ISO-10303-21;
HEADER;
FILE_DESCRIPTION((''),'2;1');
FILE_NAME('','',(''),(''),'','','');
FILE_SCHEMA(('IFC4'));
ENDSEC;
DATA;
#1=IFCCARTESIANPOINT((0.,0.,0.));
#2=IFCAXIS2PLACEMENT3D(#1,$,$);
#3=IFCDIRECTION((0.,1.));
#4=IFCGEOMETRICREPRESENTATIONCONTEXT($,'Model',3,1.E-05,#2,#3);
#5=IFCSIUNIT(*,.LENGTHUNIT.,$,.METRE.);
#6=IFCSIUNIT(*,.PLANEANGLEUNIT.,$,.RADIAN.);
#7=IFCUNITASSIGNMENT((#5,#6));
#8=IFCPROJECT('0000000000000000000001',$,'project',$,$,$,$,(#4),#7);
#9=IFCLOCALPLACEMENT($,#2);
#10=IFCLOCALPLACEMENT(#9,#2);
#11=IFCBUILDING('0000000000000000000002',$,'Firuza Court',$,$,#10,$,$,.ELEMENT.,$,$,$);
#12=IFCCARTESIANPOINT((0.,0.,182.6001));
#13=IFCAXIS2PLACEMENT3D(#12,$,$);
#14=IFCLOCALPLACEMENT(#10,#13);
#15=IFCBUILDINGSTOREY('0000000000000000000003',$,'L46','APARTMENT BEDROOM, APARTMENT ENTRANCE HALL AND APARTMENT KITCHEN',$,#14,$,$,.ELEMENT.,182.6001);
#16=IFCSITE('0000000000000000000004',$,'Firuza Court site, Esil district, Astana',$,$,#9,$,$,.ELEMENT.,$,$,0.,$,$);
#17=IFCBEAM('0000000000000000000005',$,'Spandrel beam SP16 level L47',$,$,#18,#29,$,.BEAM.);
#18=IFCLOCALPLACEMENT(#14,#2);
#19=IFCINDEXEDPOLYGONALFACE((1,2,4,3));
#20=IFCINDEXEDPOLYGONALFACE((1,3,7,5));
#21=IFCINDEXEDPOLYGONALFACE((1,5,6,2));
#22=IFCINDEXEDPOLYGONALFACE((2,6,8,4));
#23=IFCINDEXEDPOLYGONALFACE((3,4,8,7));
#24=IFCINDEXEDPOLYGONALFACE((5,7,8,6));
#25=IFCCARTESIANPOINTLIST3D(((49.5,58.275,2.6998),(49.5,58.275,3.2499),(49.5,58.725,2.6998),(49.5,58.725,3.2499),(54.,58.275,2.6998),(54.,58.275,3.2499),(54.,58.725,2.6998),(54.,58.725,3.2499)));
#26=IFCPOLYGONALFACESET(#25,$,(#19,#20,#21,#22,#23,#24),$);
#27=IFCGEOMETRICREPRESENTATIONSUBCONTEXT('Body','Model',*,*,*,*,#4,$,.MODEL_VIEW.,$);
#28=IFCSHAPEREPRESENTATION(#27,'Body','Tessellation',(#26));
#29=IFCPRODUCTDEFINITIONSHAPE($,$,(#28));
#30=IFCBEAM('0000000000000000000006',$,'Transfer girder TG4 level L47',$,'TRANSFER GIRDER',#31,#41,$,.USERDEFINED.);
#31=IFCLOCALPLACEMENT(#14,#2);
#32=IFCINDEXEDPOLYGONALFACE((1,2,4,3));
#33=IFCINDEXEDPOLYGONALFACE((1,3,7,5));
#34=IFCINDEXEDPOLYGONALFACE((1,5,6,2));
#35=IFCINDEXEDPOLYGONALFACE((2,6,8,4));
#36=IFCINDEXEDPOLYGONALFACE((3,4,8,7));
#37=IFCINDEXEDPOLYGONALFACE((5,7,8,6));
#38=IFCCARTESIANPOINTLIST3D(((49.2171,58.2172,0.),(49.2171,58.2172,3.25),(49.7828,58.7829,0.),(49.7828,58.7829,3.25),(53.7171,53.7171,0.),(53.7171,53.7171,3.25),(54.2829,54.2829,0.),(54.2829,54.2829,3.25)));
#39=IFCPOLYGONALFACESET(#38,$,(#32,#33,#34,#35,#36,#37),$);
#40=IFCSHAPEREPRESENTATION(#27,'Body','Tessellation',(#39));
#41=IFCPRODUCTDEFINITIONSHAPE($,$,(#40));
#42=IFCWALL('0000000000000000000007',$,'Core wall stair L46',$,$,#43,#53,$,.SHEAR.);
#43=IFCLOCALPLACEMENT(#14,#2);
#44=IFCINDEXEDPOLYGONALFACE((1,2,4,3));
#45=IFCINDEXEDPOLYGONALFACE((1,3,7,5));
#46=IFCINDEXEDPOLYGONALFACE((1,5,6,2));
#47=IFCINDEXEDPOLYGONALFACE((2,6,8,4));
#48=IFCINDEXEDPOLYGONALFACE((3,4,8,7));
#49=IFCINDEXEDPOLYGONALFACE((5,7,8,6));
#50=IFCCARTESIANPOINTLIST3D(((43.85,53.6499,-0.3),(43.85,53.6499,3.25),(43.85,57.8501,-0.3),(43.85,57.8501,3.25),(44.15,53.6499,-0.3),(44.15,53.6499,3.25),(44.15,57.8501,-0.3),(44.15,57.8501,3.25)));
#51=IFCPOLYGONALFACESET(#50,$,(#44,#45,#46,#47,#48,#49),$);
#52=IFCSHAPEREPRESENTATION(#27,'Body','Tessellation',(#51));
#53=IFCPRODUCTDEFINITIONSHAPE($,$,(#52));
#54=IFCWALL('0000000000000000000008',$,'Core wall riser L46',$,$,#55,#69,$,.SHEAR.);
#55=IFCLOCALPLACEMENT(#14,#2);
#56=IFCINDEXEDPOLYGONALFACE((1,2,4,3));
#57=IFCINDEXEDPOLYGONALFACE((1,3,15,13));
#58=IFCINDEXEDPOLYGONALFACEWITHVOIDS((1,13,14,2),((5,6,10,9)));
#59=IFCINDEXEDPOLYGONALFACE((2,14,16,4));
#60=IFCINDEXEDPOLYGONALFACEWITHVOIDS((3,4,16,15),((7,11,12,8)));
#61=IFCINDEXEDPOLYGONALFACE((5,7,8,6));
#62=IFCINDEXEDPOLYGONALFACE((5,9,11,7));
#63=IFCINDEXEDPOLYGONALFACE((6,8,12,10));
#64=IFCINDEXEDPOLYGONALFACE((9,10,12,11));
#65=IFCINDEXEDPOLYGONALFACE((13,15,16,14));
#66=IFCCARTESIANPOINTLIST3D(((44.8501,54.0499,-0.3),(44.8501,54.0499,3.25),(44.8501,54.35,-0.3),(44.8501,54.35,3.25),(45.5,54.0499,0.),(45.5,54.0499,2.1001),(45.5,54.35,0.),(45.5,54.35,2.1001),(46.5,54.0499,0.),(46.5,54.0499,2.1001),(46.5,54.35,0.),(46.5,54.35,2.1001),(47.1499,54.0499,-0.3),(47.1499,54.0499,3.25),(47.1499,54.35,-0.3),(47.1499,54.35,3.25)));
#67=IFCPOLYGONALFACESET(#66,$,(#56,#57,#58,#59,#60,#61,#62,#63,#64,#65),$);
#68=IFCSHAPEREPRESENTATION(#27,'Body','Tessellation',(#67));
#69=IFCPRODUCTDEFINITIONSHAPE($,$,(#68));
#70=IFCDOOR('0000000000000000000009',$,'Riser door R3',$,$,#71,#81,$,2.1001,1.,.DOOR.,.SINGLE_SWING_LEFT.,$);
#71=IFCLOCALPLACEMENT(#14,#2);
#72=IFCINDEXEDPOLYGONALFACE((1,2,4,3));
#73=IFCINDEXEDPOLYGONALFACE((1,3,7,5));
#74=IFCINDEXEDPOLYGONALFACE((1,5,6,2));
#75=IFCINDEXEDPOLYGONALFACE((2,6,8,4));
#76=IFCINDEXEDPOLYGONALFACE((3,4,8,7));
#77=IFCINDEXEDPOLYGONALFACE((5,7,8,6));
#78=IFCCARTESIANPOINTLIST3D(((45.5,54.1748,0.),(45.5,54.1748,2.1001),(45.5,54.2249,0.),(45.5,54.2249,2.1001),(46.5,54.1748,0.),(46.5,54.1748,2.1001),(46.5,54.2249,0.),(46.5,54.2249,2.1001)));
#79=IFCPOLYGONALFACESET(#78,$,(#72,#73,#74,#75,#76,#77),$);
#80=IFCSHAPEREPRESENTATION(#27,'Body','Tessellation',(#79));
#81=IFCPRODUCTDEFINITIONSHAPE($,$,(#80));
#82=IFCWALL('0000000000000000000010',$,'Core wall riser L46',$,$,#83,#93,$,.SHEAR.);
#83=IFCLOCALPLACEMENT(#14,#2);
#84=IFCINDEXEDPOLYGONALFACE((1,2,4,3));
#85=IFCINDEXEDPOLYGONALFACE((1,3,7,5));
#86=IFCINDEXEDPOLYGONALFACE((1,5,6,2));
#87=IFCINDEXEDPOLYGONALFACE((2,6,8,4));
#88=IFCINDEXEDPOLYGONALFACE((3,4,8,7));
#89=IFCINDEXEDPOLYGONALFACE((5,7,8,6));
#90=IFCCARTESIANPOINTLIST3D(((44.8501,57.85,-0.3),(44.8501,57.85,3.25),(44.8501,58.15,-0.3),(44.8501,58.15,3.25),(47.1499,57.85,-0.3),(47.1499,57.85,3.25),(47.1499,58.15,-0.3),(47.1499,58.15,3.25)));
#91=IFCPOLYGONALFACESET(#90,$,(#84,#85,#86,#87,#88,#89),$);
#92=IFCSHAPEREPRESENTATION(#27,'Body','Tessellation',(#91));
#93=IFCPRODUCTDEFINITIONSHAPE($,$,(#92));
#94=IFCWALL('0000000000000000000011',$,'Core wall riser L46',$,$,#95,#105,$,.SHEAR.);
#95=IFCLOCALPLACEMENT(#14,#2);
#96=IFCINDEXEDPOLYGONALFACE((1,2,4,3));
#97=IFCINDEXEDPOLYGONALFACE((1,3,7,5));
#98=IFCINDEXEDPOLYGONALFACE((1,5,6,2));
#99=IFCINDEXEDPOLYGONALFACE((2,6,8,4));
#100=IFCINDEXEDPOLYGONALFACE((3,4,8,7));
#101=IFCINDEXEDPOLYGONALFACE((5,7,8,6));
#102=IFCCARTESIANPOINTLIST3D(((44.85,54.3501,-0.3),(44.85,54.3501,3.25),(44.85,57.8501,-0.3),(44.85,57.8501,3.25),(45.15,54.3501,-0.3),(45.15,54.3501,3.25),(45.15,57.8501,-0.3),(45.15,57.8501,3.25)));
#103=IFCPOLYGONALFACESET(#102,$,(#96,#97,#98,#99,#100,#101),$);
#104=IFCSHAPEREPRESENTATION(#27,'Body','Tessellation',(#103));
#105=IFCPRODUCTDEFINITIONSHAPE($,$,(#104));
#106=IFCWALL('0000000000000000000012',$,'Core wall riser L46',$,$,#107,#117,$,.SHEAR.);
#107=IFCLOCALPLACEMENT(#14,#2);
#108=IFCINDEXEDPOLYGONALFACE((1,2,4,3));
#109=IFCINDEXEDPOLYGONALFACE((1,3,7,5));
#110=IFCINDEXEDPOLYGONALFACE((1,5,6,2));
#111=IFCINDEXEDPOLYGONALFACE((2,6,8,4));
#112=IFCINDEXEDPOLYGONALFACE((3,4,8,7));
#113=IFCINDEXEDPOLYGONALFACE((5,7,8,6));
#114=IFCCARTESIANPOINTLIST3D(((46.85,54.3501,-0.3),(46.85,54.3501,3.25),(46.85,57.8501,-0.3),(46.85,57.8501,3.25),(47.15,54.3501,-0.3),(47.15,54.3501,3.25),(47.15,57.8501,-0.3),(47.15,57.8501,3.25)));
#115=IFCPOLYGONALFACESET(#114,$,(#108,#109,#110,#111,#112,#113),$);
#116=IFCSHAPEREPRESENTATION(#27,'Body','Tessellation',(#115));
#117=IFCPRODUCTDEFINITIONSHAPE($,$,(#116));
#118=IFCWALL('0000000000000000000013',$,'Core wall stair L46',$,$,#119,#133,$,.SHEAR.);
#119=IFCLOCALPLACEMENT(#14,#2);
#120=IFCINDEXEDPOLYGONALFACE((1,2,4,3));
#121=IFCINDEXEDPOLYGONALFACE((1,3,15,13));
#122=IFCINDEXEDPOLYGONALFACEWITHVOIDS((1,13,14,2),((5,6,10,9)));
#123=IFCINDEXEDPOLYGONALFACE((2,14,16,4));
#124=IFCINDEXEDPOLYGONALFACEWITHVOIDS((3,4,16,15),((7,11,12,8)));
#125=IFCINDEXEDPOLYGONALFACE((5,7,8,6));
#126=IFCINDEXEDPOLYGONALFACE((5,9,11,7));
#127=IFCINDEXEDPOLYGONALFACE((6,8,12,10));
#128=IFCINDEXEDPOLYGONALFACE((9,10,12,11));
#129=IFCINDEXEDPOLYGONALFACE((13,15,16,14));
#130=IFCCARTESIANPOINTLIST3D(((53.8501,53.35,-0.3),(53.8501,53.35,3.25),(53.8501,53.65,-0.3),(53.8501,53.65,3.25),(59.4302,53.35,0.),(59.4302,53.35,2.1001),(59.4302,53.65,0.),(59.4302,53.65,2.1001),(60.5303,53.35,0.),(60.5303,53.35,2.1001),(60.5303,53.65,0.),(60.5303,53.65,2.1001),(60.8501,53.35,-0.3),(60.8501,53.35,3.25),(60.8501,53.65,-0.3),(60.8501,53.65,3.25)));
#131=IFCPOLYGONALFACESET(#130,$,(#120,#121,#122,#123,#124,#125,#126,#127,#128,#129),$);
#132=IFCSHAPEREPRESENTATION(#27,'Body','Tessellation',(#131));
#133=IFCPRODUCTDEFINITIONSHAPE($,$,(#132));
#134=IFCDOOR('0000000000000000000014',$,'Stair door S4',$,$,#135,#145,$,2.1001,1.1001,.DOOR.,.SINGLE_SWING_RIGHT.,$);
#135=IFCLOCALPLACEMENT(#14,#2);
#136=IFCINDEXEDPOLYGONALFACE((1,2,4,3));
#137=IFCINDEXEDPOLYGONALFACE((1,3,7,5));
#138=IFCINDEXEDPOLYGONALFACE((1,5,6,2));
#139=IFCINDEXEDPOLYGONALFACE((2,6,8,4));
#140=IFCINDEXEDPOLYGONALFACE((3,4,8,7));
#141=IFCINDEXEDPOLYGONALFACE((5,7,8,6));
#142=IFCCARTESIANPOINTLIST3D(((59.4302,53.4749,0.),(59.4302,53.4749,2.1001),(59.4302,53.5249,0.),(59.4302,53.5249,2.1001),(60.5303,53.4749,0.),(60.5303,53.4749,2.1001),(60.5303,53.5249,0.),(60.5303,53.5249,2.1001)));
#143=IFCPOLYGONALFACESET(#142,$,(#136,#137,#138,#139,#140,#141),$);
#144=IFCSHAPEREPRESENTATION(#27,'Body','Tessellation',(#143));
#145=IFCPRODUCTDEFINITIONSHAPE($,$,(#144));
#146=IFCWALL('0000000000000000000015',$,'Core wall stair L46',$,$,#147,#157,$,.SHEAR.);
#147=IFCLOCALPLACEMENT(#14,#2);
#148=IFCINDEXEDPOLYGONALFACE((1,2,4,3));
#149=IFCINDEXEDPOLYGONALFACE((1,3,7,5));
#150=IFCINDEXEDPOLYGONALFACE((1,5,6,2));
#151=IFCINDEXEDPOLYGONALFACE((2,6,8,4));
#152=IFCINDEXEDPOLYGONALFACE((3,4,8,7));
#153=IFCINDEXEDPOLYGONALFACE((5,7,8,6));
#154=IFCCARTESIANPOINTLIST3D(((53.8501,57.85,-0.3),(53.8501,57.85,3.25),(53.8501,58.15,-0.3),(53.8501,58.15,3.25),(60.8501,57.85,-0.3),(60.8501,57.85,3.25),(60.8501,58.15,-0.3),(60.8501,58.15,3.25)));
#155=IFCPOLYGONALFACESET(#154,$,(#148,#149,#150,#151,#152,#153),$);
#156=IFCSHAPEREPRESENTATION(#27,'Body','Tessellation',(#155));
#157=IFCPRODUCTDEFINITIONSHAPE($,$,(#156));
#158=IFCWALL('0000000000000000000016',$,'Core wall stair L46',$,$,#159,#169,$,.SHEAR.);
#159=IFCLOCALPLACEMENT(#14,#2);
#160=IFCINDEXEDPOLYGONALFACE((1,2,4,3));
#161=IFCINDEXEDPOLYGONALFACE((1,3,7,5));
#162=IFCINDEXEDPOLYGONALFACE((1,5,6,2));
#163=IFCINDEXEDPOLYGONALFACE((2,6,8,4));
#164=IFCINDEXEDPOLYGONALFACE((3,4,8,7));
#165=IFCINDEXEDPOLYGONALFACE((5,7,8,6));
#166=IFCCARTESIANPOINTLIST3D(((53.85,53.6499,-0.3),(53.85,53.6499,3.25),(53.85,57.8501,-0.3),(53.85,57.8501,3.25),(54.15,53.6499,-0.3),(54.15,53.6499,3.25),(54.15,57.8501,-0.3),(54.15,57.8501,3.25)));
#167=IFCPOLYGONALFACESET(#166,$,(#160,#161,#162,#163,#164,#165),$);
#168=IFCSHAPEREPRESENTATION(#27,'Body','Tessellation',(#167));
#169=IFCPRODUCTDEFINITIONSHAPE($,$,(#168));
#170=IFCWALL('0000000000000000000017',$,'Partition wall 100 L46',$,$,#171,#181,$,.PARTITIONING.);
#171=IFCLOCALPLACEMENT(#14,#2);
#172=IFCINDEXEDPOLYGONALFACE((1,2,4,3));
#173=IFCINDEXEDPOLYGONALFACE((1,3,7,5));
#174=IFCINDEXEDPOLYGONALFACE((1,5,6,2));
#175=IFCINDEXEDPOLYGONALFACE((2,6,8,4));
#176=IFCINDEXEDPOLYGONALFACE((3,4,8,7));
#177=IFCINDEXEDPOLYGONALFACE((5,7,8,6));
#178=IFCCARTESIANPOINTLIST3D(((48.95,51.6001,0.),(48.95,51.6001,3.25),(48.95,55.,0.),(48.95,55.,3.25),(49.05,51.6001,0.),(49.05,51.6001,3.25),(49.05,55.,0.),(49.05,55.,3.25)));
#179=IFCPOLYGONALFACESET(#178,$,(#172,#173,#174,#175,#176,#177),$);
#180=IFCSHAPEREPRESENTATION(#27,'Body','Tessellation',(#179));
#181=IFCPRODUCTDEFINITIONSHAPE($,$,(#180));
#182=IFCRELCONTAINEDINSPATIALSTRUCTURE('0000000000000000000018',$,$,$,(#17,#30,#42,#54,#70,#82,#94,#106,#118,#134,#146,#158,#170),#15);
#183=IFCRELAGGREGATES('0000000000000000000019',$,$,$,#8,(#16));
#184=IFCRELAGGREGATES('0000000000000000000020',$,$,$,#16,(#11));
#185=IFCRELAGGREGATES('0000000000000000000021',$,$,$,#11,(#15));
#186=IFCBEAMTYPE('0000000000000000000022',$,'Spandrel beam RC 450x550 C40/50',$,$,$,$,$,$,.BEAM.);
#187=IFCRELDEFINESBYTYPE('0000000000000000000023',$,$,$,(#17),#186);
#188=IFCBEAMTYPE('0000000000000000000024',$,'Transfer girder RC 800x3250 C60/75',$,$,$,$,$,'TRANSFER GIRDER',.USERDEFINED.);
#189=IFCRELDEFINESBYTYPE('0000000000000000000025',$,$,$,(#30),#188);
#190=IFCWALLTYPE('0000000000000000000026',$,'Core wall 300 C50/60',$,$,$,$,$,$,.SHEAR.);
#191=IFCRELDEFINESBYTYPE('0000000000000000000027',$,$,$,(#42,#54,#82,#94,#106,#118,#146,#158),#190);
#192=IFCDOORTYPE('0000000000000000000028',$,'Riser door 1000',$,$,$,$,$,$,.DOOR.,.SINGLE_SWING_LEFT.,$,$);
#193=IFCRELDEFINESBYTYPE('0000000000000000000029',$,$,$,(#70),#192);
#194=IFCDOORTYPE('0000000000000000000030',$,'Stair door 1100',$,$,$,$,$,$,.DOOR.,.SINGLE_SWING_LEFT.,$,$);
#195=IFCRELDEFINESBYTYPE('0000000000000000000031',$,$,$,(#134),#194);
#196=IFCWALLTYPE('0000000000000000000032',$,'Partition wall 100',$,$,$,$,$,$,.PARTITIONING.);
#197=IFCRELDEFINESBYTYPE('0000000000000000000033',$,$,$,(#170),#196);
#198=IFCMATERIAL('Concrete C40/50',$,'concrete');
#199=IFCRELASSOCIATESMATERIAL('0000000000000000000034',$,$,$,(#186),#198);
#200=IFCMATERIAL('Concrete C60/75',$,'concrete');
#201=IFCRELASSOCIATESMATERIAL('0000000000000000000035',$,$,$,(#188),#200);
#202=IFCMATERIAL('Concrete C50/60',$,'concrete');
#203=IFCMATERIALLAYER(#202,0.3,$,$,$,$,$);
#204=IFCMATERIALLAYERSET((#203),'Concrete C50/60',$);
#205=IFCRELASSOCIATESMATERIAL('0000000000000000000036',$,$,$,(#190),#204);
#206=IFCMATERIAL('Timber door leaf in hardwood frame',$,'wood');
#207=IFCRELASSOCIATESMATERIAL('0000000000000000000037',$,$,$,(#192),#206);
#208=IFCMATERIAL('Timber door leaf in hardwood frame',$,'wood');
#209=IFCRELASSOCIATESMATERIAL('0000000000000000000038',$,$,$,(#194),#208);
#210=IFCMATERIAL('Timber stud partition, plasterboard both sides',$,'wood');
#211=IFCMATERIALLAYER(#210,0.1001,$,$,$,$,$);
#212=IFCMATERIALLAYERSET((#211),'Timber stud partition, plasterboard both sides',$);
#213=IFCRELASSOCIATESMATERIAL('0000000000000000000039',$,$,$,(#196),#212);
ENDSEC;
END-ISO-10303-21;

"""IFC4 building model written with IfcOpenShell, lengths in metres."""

from ifc_helpers import new_model, si_unit, direction, frame, frame_2d, origin, origin_2d, place, context, subcontext, project, spatial, rectangle, extrude, material, layer, layer_set, material_profile, profile_set, type_object, element, fill, save


model = new_model("IFC4")

# Units and contexts
model_context = context("Model", 3, precision=1e-05, world=origin(), true_north=direction((0.0, 1.0)))
body_context = subcontext(model_context, "Body", "Model", "MODEL_VIEW")
ifc_project = project(units=[si_unit("LENGTHUNIT", "METRE"), si_unit("PLANEANGLEUNIT", "RADIAN")], contexts=[model_context])

# Site, building, storey
site_placement = place(None, origin())
site = spatial("IfcSite", under=ifc_project, at=site_placement, Name="Firuza Court site, Esil district, Astana", CompositionType="ELEMENT", RefElevation=0.0)
building_placement = place(site_placement, origin())
building = spatial("IfcBuilding", under=site, at=building_placement, Name="Firuza Court", CompositionType="ELEMENT")
storey_placement = place(building_placement, frame((0.0, 0.0, 182.6001)))
storey = spatial("IfcBuildingStorey", under=building, at=storey_placement, Name="L46", Description="APARTMENT BEDROOM, APARTMENT ENTRANCE HALL AND APARTMENT KITCHEN", CompositionType="ELEMENT", Elevation=182.6001)

# Beams
ifc_material_1 = material(Name="Concrete C40/50", Category="concrete")
ifc_material_profile_1 = material_profile(ifc_material_1, rectangle(XDim=0.45, YDim=0.55, at=origin_2d()), Name="RC 450x550")
ifc_profile_set_1 = profile_set([ifc_material_profile_1], Name="Concrete C40/50")
beam_type_1 = type_object("IfcBeamType", Name="Spandrel beam RC 450x550 C40/50", PredefinedType="BEAM", material=ifc_profile_set_1)
for number, where, z_axis, x_axis, name in (
    (1, (54.0, 58.5, 2.9749), (-1.0, 0.0, 0.0), (0.0, -1.0, 0.0), "Spandrel beam SP16 level L47"),
):
    element("IfcBeam", number, at=place(storey_placement, frame(where, z_axis=z_axis, x_axis=x_axis)), inside=storey, type_object=beam_type_1, Name=name, PredefinedType="BEAM", context=body_context, shape_type="SweptSolid", body=[
        extrude(rectangle(XDim=0.45, YDim=0.55, at=origin_2d()), origin(), (0.0, 0.0, 1.0), 4.5),
    ])
ifc_material_2 = material(Name="Concrete C60/75", Category="concrete")
ifc_material_profile_2 = material_profile(ifc_material_2, rectangle(XDim=0.8, YDim=3.25, at=origin_2d()), Name="RC 800x3250")
ifc_profile_set_2 = profile_set([ifc_material_profile_2], Name="Concrete C60/75")
beam_type_2 = type_object("IfcBeamType", Name="Transfer girder RC 800x3250 C60/75", ElementType="TRANSFER GIRDER", PredefinedType="USERDEFINED", material=ifc_profile_set_2)
beam_placement = place(storey_placement, frame((54.0, 54.0, 1.625), z_axis=(-0.707107, 0.707107, 0.0), x_axis=(-0.707107, -0.707107, 0.0)))
element("IfcBeam", 2, at=beam_placement, inside=storey, type_object=beam_type_2, Name="Transfer girder TG4 level L47", ObjectType="TRANSFER GIRDER", PredefinedType="USERDEFINED", context=body_context, shape_type="SweptSolid", body=[
    extrude(rectangle(XDim=0.8, YDim=3.25, at=origin_2d()), origin(), (0.0, 0.0, 1.0), 6.364),
])

# Wall
ifc_material_3 = material(Name="Concrete C50/60", Category="concrete")
ifc_layer_1 = layer(ifc_material_3, 0.3)
ifc_layer_set_1 = layer_set([ifc_layer_1], Name="Concrete C50/60")
wall_type_1 = type_object("IfcWallType", Name="Core wall 300 C50/60", PredefinedType="SHEAR", material=ifc_layer_set_1)
wall_1_placement = place(storey_placement, frame((44.0, 53.6499, -0.3), z_axis=(0.0, 0.0, 1.0), x_axis=(0.0, 1.0, 0.0)))
element("IfcWall", 3, at=wall_1_placement, inside=storey, type_object=wall_type_1, Name="Core wall stair L46", PredefinedType="SHEAR", context=body_context, shape_type="SweptSolid", body=[
    extrude(rectangle(XDim=4.2002, YDim=0.3, at=frame_2d((2.1001, 0.0))), origin(), (0.0, 0.0, 1.0), 3.55),
])

# Wall, opening, door
wall_2_placement = place(storey_placement, frame((44.8501, 54.2, -0.3), z_axis=(0.0, 0.0, 1.0), x_axis=(1.0, 0.0, 0.0)))
wall_2 = element("IfcWall", 4, at=wall_2_placement, inside=storey, type_object=wall_type_1, Name="Core wall riser L46", PredefinedType="SHEAR", context=body_context, shape_type="SweptSolid", body=[
    extrude(rectangle(XDim=2.2998, YDim=0.3, at=frame_2d((1.1499, 0.0))), origin(), (0.0, 0.0, 1.0), 3.55),
])
opening_1_placement = place(wall_2_placement, frame((0.6499, 0.0, 0.3)))
opening_1 = element("IfcOpeningElement", 5, at=opening_1_placement, cuts=wall_2, PredefinedType="OPENING", context=body_context, shape_type="SweptSolid", body=[
    extrude(rectangle(XDim=1.0, YDim=2.1001, at=frame_2d((0.5, 1.05))), frame((0.0, 0.1621, 0.0), z_axis=(0.0, -1.0, 0.0), x_axis=(1.0, 0.0, 0.0)), (0.0, 0.0, 1.0), 0.324),
])
ifc_material_4 = material(Name="Timber door leaf in hardwood frame", Category="wood")
door_type_1 = type_object("IfcDoorType", Name="Riser door 1000", OperationType="SINGLE_SWING_LEFT", PredefinedType="DOOR", material=ifc_material_4)
door_1_placement = place(opening_1_placement, origin())
door_1 = element("IfcDoor", 6, at=door_1_placement, inside=storey, type_object=door_type_1, Name="Riser door R3", OperationType="SINGLE_SWING_LEFT", OverallHeight=2.1001, OverallWidth=1.0, PredefinedType="DOOR", context=body_context, shape_type="SweptSolid", body=[
    extrude(rectangle(XDim=1.0, YDim=2.1001, at=frame_2d((0.5, 1.05))), frame((0.0, 0.0249, 0.0), z_axis=(0.0, -1.0, 0.0), x_axis=(1.0, 0.0, 0.0)), (0.0, 0.0, 1.0), 0.05),
])
fill(opening_1, door_1)

# Walls
wall_3_placement = place(storey_placement, frame((44.8501, 58.0, -0.3), z_axis=(0.0, 0.0, 1.0), x_axis=(1.0, 0.0, 0.0)))
element("IfcWall", 7, at=wall_3_placement, inside=storey, type_object=wall_type_1, Name="Core wall riser L46", PredefinedType="SHEAR", context=body_context, shape_type="SweptSolid", body=[
    extrude(rectangle(XDim=2.2998, YDim=0.3, at=frame_2d((1.1499, 0.0))), origin(), (0.0, 0.0, 1.0), 3.55),
])
for number, where, z_axis, x_axis, name in (
    (8, (45.0, 54.3501, -0.3), (0.0, 0.0, 1.0), (0.0, 1.0, 0.0), "Core wall riser L46"),
    (9, (47.0, 54.3501, -0.3), (0.0, 0.0, 1.0), (0.0, 1.0, 0.0), "Core wall riser L46"),
):
    element("IfcWall", number, at=place(storey_placement, frame(where, z_axis=z_axis, x_axis=x_axis)), inside=storey, type_object=wall_type_1, Name=name, PredefinedType="SHEAR", context=body_context, shape_type="SweptSolid", body=[
        extrude(rectangle(XDim=3.5, YDim=0.3, at=frame_2d((1.75, 0.0))), origin(), (0.0, 0.0, 1.0), 3.55),
    ])

# Wall, opening, door
wall_4_placement = place(storey_placement, frame((53.8501, 53.5, -0.3), z_axis=(0.0, 0.0, 1.0), x_axis=(1.0, 0.0, 0.0)))
wall_4 = element("IfcWall", 10, at=wall_4_placement, inside=storey, type_object=wall_type_1, Name="Core wall stair L46", PredefinedType="SHEAR", context=body_context, shape_type="SweptSolid", body=[
    extrude(rectangle(XDim=7.0, YDim=0.3, at=frame_2d((3.5, 0.0))), origin(), (0.0, 0.0, 1.0), 3.55),
])
opening_2_placement = place(wall_4_placement, frame((5.5801, 0.0, 0.3)))
opening_2 = element("IfcOpeningElement", 11, at=opening_2_placement, cuts=wall_4, PredefinedType="OPENING", context=body_context, shape_type="SweptSolid", body=[
    extrude(rectangle(XDim=1.1001, YDim=2.1001, at=frame_2d((0.55, 1.05))), frame((0.0, 0.1621, 0.0), z_axis=(0.0, -1.0, 0.0), x_axis=(1.0, 0.0, 0.0)), (0.0, 0.0, 1.0), 0.324),
])
ifc_material_5 = material(Name="Timber door leaf in hardwood frame", Category="wood")
door_type_2 = type_object("IfcDoorType", Name="Stair door 1100", OperationType="SINGLE_SWING_LEFT", PredefinedType="DOOR", material=ifc_material_5)
door_2_placement = place(opening_2_placement, origin())
door_2 = element("IfcDoor", 12, at=door_2_placement, inside=storey, type_object=door_type_2, Name="Stair door S4", OperationType="SINGLE_SWING_RIGHT", OverallHeight=2.1001, OverallWidth=1.1001, PredefinedType="DOOR", context=body_context, shape_type="SweptSolid", body=[
    extrude(rectangle(XDim=1.1001, YDim=2.1001, at=frame_2d((0.55, 1.05))), frame((0.0, 0.0249, 0.0), z_axis=(0.0, -1.0, 0.0), x_axis=(1.0, 0.0, 0.0)), (0.0, 0.0, 1.0), 0.05),
])
fill(opening_2, door_2)

# Walls
wall_5_placement = place(storey_placement, frame((53.8501, 58.0, -0.3), z_axis=(0.0, 0.0, 1.0), x_axis=(1.0, 0.0, 0.0)))
element("IfcWall", 13, at=wall_5_placement, inside=storey, type_object=wall_type_1, Name="Core wall stair L46", PredefinedType="SHEAR", context=body_context, shape_type="SweptSolid", body=[
    extrude(rectangle(XDim=7.0, YDim=0.3, at=frame_2d((3.5, 0.0))), origin(), (0.0, 0.0, 1.0), 3.55),
])
wall_6_placement = place(storey_placement, frame((54.0, 53.6499, -0.3), z_axis=(0.0, 0.0, 1.0), x_axis=(0.0, 1.0, 0.0)))
element("IfcWall", 14, at=wall_6_placement, inside=storey, type_object=wall_type_1, Name="Core wall stair L46", PredefinedType="SHEAR", context=body_context, shape_type="SweptSolid", body=[
    extrude(rectangle(XDim=4.2002, YDim=0.3, at=frame_2d((2.1001, 0.0))), origin(), (0.0, 0.0, 1.0), 3.55),
])
ifc_material_6 = material(Name="Timber stud partition, plasterboard both sides", Category="wood")
ifc_layer_2 = layer(ifc_material_6, 0.1001)
ifc_layer_set_2 = layer_set([ifc_layer_2], Name="Timber stud partition, plasterboard both sides")
wall_type_2 = type_object("IfcWallType", Name="Partition wall 100", PredefinedType="PARTITIONING", material=ifc_layer_set_2)
wall_7_placement = place(storey_placement, frame((49.0, 51.6001, 0.0), z_axis=(0.0, 0.0, 1.0), x_axis=(0.0, 1.0, 0.0)))
element("IfcWall", 15, at=wall_7_placement, inside=storey, type_object=wall_type_2, Name="Partition wall 100 L46", PredefinedType="PARTITIONING", context=body_context, shape_type="SweptSolid", body=[
    extrude(rectangle(XDim=3.3999, YDim=0.1001, at=frame_2d((1.7, 0.0))), origin(), (0.0, 0.0, 1.0), 3.25),
])

save(model, "model.ifc")
